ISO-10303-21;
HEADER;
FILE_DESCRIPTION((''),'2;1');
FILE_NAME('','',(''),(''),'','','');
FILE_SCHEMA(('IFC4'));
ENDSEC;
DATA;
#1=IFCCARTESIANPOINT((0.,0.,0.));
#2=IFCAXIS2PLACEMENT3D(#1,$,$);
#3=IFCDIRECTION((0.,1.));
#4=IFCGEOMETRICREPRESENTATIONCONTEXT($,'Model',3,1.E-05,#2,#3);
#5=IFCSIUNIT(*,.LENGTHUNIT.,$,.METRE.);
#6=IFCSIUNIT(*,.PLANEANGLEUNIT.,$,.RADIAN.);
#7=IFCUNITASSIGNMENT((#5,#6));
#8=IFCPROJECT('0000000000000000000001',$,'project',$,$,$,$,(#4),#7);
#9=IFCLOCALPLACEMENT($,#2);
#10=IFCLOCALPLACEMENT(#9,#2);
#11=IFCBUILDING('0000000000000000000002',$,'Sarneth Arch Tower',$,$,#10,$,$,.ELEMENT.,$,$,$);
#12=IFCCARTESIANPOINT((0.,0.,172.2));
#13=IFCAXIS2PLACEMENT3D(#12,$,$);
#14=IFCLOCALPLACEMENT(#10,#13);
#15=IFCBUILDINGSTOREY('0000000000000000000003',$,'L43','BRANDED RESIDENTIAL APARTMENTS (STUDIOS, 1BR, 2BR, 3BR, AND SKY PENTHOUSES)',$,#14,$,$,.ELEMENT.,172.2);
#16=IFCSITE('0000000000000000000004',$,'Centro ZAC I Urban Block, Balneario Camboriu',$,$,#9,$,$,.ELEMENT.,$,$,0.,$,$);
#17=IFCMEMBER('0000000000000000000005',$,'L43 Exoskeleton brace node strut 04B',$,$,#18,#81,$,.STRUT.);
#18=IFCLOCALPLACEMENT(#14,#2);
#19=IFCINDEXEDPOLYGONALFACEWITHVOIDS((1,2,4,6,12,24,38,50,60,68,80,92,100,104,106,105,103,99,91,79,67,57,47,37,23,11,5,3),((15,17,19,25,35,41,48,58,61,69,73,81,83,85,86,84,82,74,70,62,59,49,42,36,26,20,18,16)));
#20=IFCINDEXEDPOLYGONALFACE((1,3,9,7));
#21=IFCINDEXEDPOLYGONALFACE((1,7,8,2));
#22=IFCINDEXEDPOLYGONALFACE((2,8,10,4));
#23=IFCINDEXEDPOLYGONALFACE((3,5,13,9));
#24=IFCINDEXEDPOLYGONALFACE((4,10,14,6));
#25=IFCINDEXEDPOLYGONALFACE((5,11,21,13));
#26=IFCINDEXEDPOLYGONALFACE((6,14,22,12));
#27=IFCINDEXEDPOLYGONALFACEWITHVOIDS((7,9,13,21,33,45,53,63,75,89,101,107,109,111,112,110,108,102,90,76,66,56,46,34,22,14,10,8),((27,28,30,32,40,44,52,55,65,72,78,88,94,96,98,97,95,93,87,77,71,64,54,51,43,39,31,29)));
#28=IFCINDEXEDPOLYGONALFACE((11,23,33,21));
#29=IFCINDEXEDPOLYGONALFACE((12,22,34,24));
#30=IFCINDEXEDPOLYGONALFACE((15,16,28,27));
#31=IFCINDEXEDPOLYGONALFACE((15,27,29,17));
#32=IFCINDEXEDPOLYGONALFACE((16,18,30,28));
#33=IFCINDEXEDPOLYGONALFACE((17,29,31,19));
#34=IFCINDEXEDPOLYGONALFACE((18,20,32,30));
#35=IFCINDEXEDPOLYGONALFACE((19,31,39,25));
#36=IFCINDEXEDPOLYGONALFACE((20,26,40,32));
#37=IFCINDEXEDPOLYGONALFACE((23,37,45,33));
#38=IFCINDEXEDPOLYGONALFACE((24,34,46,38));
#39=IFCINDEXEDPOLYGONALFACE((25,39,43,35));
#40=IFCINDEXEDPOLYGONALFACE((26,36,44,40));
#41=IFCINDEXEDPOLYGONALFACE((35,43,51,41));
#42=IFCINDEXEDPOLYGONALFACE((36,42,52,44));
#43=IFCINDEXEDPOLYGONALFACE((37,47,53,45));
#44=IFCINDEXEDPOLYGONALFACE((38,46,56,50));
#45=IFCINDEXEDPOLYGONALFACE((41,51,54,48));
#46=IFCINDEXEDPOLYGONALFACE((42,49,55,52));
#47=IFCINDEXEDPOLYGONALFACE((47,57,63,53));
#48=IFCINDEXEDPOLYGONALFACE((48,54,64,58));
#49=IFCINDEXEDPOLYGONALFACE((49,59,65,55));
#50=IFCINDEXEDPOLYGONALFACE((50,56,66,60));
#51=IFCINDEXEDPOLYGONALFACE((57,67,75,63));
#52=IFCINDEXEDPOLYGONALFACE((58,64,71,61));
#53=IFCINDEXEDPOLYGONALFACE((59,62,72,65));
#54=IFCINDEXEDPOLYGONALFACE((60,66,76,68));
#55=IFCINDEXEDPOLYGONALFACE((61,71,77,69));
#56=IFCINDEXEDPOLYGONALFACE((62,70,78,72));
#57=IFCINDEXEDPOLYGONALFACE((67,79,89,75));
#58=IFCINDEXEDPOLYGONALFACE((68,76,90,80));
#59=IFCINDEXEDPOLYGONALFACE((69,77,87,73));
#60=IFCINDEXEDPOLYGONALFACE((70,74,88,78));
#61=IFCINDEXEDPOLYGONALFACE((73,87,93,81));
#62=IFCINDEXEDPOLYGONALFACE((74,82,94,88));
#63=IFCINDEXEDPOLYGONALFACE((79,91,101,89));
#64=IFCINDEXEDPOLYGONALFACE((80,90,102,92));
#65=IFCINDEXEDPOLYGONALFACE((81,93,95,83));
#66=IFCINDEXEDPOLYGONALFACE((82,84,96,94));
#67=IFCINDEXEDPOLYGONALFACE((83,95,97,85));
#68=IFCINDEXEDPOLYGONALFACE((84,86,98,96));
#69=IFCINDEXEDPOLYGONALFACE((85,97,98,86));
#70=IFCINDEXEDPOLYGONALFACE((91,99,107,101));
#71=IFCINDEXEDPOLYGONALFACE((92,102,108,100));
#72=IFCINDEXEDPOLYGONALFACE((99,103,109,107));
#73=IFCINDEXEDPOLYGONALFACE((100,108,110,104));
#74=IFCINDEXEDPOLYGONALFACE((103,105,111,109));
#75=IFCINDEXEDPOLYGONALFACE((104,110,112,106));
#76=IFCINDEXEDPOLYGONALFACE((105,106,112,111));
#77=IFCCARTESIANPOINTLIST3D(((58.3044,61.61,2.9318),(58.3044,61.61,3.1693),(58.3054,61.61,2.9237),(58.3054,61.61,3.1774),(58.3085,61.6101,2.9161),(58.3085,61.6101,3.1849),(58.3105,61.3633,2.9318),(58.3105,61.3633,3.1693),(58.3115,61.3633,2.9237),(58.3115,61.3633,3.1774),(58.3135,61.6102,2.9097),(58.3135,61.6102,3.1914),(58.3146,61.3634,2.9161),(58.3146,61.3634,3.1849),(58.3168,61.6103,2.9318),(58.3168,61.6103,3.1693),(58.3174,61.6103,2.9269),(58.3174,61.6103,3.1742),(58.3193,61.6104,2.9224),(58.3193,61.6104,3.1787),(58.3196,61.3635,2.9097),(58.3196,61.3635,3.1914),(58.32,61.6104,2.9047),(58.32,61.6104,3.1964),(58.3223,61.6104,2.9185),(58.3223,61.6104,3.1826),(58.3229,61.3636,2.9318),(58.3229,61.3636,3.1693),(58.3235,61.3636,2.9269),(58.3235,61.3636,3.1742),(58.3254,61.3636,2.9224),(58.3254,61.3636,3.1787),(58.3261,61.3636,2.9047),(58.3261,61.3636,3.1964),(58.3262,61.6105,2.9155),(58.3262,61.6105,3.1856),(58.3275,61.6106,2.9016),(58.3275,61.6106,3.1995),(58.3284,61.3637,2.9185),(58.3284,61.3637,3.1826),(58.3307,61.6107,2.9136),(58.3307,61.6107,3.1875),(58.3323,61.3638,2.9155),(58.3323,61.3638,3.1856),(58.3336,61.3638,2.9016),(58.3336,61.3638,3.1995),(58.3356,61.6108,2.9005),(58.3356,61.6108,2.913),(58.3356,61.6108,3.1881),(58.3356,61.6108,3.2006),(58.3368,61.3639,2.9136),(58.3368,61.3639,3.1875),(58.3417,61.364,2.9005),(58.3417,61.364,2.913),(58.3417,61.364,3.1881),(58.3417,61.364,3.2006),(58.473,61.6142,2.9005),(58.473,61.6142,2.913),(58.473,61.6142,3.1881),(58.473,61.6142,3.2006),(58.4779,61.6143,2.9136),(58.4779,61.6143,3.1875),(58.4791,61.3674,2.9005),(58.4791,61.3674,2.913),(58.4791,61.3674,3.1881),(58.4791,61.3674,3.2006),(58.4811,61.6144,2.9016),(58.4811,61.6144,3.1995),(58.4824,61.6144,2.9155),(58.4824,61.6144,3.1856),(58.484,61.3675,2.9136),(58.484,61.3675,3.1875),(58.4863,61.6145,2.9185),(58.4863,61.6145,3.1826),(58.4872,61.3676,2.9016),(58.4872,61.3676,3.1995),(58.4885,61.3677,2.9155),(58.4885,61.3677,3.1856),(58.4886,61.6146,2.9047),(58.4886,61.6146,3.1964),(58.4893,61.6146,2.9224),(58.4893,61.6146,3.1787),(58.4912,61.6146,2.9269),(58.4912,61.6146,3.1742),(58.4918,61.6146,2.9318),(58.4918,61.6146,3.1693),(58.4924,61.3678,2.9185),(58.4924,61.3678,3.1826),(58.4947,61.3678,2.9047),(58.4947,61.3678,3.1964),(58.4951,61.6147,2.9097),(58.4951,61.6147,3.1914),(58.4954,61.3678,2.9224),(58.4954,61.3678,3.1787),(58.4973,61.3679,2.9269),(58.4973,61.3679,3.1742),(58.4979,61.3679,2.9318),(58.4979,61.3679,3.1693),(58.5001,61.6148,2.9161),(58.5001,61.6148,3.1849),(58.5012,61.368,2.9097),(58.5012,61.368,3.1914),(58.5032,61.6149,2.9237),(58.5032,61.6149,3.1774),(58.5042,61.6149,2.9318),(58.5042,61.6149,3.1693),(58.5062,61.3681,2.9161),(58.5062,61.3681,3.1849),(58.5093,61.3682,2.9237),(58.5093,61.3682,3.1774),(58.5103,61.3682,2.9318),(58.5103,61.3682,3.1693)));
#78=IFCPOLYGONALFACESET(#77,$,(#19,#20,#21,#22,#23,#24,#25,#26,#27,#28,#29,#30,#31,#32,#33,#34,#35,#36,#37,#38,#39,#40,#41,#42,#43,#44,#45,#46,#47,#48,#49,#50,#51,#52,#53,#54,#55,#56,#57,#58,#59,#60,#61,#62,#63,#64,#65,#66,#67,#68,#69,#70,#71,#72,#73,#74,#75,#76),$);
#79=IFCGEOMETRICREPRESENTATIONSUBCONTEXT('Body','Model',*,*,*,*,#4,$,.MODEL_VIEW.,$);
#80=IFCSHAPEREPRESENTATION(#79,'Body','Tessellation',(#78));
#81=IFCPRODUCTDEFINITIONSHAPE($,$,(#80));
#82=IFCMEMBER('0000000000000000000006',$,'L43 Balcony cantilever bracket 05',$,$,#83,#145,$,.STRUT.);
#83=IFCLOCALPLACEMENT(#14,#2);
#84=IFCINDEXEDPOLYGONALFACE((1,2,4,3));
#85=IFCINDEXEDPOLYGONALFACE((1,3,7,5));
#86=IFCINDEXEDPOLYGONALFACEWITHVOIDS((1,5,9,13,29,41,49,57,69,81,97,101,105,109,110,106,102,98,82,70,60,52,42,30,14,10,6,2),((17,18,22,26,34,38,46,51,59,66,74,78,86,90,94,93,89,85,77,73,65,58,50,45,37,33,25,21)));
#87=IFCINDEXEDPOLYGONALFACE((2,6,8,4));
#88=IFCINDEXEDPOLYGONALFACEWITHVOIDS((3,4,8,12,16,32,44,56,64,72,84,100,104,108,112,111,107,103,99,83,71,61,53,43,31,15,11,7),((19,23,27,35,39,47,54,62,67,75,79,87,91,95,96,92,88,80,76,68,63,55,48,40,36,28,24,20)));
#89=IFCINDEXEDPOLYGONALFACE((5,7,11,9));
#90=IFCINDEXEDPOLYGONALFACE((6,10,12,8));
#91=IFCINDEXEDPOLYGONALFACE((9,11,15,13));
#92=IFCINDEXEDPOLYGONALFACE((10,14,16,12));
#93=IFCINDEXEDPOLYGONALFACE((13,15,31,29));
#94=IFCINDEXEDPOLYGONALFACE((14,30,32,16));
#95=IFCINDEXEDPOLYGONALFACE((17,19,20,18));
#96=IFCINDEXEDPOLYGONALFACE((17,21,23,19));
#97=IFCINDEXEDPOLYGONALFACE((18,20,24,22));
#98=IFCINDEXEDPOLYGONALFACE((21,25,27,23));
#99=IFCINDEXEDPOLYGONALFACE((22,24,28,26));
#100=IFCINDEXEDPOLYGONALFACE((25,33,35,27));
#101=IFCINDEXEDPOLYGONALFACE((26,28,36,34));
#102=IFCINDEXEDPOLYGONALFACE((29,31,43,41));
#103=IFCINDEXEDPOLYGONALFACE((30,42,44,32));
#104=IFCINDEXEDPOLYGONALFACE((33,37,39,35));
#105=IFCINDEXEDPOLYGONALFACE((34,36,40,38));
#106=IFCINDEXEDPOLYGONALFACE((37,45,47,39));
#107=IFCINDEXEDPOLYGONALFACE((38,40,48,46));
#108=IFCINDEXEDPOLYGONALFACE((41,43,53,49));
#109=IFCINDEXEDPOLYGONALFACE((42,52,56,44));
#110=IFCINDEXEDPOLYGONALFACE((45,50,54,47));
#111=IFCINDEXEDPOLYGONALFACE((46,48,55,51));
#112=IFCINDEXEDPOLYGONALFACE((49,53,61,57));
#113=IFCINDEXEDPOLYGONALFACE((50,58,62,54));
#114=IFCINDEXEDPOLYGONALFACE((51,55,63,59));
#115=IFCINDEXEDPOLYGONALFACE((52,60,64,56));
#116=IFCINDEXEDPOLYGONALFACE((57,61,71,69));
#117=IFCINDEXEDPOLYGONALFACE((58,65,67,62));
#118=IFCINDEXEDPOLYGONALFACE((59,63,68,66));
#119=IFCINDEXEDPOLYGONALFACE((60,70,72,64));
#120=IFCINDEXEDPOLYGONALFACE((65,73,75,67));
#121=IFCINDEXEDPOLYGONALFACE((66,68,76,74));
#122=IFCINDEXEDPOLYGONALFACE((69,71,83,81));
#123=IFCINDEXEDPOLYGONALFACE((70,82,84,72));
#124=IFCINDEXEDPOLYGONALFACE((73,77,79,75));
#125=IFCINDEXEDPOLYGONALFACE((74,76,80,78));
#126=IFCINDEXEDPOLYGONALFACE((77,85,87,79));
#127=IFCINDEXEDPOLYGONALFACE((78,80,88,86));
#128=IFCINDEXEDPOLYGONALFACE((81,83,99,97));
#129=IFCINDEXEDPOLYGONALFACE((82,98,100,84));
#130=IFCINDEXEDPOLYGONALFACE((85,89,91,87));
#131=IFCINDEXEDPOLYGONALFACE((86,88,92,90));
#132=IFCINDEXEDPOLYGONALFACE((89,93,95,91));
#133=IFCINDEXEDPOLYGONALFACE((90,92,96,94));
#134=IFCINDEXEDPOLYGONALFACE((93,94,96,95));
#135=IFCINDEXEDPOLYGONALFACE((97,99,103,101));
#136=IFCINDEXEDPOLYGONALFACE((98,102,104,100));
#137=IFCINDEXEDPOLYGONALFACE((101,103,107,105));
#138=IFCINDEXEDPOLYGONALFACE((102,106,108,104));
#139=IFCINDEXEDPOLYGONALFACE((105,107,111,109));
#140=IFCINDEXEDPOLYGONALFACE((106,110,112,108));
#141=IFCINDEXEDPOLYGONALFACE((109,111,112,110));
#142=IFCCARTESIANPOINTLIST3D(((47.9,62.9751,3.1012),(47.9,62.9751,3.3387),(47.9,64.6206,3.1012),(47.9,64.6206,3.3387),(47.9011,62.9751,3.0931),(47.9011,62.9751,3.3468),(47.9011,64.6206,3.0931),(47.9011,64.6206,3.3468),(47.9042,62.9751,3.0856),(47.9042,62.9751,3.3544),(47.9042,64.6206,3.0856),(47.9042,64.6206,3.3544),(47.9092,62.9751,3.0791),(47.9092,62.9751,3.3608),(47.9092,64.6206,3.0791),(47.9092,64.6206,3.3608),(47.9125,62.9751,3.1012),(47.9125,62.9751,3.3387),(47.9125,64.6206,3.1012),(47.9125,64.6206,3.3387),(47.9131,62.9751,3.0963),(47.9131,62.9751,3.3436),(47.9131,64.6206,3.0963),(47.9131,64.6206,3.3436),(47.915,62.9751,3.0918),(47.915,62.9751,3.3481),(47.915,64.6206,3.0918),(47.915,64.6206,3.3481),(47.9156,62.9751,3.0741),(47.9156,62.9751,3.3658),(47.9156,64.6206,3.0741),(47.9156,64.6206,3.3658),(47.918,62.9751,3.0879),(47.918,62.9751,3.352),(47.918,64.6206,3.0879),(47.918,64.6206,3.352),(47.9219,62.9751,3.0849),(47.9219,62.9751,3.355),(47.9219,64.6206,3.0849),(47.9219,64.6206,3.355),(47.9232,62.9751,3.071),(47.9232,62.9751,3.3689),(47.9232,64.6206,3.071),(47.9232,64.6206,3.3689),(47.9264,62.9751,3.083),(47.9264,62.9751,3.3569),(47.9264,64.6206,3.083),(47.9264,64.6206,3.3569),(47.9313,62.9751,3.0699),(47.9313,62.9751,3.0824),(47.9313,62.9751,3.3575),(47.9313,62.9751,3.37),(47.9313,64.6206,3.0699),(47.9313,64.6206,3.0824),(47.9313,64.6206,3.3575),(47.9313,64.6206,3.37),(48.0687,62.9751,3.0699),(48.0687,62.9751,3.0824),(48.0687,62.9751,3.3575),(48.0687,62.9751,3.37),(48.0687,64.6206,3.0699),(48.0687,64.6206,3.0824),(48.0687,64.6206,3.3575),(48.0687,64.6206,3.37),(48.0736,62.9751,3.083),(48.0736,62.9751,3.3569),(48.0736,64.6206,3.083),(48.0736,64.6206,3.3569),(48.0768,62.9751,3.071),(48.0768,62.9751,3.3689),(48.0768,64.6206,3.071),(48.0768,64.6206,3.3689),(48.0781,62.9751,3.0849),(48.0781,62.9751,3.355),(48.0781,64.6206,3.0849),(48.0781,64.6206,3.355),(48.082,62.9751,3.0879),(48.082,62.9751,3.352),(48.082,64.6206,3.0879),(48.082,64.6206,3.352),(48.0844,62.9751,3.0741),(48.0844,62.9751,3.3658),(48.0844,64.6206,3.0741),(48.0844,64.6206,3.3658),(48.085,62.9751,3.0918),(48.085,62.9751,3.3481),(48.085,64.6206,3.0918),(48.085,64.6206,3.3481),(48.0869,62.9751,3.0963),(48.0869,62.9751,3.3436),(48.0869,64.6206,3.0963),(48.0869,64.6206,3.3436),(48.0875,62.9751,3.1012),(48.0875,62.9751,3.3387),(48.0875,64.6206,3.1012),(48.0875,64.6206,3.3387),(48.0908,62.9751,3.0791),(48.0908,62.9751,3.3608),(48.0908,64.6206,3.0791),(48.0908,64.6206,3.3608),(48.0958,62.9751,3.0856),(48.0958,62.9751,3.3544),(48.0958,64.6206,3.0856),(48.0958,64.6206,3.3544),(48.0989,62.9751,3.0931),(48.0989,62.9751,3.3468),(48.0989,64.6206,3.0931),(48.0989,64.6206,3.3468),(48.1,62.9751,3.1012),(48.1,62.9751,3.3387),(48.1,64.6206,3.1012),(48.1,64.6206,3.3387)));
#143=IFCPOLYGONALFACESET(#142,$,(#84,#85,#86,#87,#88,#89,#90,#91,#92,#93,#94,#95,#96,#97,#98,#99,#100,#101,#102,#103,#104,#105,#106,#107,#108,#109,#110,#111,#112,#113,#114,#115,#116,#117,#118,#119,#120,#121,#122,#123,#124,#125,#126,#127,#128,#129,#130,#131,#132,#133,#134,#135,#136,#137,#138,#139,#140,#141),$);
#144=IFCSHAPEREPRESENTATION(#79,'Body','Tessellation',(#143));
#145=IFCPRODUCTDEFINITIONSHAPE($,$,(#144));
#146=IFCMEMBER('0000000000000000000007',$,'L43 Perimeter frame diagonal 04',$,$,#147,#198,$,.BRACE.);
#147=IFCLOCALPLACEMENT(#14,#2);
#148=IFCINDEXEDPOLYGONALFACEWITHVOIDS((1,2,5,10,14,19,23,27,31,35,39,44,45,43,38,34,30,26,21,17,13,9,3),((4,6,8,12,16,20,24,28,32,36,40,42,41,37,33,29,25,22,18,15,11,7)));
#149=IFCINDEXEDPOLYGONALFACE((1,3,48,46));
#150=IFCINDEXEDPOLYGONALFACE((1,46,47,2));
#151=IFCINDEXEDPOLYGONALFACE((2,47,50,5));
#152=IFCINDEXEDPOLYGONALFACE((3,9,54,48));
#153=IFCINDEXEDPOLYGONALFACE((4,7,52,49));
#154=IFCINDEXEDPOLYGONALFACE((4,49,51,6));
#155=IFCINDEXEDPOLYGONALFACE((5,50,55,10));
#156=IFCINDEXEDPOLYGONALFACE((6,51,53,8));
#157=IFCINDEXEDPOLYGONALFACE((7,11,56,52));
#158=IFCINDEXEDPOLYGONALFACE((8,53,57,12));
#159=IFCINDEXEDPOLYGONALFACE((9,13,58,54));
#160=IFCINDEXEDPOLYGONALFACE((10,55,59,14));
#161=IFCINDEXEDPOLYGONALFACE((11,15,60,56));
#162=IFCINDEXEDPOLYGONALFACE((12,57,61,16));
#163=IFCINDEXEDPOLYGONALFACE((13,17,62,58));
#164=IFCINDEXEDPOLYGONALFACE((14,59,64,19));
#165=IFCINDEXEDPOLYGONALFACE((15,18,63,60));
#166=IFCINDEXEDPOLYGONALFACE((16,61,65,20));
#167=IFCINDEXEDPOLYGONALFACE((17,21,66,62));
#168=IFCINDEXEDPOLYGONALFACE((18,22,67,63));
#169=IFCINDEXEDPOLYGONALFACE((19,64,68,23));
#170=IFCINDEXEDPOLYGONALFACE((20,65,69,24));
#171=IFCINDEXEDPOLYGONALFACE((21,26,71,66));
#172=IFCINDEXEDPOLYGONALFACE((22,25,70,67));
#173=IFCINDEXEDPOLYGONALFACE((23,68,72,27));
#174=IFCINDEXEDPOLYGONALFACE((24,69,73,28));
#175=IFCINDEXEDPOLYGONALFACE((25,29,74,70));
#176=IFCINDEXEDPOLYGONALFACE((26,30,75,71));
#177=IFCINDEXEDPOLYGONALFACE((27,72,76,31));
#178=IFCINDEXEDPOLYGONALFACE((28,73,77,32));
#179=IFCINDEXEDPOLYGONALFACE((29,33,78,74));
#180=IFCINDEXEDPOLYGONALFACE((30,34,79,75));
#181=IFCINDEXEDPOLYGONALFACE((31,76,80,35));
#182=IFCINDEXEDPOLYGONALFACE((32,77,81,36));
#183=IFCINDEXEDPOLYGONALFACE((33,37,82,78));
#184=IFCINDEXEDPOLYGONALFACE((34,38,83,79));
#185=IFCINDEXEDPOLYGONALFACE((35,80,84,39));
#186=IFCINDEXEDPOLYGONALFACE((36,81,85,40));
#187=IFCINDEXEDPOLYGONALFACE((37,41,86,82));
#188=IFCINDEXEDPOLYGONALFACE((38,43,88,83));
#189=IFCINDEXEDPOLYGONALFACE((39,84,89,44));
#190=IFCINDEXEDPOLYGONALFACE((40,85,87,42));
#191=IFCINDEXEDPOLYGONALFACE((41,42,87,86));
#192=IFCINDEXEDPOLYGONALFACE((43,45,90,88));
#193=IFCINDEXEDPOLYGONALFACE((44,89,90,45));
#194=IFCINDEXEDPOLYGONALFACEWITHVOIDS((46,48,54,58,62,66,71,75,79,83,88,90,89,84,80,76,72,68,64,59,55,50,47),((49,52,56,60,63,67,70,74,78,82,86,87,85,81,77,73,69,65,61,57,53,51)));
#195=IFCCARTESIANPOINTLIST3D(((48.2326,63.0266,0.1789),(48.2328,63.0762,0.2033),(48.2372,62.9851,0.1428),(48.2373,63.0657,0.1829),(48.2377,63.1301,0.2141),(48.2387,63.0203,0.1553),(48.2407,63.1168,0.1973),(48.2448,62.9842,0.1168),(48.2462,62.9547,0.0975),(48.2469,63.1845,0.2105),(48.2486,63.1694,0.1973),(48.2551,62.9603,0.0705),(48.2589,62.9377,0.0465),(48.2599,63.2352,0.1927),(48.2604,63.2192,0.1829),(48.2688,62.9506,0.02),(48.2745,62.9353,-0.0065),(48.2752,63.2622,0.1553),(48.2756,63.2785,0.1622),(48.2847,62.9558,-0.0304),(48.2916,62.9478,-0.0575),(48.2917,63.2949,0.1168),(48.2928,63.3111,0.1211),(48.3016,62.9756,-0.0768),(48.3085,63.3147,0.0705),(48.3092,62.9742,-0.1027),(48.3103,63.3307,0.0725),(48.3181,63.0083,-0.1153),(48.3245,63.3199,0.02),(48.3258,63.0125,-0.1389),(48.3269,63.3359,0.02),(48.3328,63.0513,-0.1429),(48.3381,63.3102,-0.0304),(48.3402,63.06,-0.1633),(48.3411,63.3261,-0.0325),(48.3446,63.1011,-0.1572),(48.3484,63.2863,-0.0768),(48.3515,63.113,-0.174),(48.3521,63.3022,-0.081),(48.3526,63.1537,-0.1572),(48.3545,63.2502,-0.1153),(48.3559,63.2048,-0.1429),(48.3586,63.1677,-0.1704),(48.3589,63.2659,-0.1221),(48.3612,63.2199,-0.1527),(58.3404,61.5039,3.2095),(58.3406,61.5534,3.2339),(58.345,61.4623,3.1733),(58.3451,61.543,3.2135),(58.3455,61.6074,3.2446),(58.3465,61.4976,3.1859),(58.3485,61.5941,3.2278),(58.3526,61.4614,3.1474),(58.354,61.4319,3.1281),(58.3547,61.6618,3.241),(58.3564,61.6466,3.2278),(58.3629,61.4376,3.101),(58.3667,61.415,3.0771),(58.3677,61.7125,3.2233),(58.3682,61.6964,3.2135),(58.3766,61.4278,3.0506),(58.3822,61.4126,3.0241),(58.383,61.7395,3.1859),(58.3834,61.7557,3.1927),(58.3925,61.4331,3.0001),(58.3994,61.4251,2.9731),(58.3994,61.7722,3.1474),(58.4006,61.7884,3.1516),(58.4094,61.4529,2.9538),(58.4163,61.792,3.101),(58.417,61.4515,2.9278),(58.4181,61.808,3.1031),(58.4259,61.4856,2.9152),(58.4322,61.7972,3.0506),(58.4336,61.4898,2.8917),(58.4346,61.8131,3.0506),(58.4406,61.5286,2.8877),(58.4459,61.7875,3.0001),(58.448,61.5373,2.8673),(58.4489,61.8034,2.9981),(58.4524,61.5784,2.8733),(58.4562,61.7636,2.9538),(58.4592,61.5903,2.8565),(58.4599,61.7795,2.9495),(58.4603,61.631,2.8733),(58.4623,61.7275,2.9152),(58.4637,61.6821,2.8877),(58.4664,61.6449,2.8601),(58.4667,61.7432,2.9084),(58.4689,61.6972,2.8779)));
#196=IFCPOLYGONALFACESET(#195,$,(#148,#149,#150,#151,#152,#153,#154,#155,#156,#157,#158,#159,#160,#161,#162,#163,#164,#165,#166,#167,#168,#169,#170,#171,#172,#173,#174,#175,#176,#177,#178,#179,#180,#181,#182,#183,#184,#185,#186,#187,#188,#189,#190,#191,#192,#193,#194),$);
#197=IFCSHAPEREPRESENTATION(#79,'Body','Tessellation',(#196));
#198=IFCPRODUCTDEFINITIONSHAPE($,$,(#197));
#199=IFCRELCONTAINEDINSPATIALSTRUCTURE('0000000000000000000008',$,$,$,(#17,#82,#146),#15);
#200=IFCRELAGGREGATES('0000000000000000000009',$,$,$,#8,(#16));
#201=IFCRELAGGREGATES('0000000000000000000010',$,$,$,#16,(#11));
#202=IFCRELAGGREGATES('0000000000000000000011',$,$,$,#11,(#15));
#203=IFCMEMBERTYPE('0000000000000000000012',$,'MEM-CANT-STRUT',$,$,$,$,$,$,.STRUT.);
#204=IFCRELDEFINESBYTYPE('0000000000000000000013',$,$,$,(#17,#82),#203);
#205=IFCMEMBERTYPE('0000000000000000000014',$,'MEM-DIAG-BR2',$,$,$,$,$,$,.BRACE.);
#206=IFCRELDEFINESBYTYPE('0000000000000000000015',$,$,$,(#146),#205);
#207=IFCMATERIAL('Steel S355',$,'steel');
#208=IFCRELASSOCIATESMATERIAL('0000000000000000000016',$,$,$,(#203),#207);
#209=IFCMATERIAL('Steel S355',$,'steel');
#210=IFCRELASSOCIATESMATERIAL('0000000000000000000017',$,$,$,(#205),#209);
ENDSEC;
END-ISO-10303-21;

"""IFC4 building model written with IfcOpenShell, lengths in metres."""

from ifc_helpers import new_model, si_unit, direction, frame, origin, origin_2d, place, context, subcontext, project, spatial, hollow_rectangle, hollow_circle, extrude, material, material_profile, profile_set, type_object, element, save


model = new_model("IFC4")

# Units and contexts
model_context = context("Model", 3, precision=1e-05, world=origin(), true_north=direction((0.0, 1.0)))
body_context = subcontext(model_context, "Body", "Model", "MODEL_VIEW")
ifc_project = project(units=[si_unit("LENGTHUNIT", "METRE"), si_unit("PLANEANGLEUNIT", "RADIAN")], contexts=[model_context])

# Site, building, storey
site_placement = place(None, origin())
site = spatial("IfcSite", under=ifc_project, at=site_placement, Name="Centro ZAC I Urban Block, Balneario Camboriu", CompositionType="ELEMENT", RefElevation=0.0)
building_placement = place(site_placement, origin())
building = spatial("IfcBuilding", under=site, at=building_placement, Name="Sarneth Arch Tower", CompositionType="ELEMENT")
storey_placement = place(building_placement, frame((0.0, 0.0, 172.2)))
storey = spatial("IfcBuildingStorey", under=building, at=storey_placement, Name="L43", Description="BRANDED RESIDENTIAL APARTMENTS (STUDIOS, 1BR, 2BR, 3BR, AND SKY PENTHOUSES)", CompositionType="ELEMENT", Elevation=172.2)

# Members
ifc_material_1 = material(Name="Steel S355", Category="steel")
ifc_material_profile_1 = material_profile(ifc_material_1, hollow_rectangle(XDim=0.2, YDim=0.3, WallThickness=0.0125, InnerFilletRadius=0.0188, OuterFilletRadius=0.0312, at=origin_2d()), Name="RHS300x200x12.5")
ifc_profile_set_1 = profile_set([ifc_material_profile_1], Name="Steel S355")
member_type_1 = type_object("IfcMemberType", Name="MEM-CANT-STRUT", PredefinedType="STRUT", material=ifc_profile_set_1)
member_1_placement = place(storey_placement, frame((58.4104, 61.3657, 3.0505), z_axis=(-0.02472, 0.999694, 0.0), x_axis=(-0.999694, -0.02472, 0.0)))
element("IfcMember", 1, at=member_1_placement, inside=storey, type_object=member_type_1, Name="L43 Exoskeleton brace node strut 04B", PredefinedType="STRUT", context=body_context, shape_type="SweptSolid", body=[
    extrude(hollow_rectangle(XDim=0.2, YDim=0.3, WallThickness=0.0125, InnerFilletRadius=0.0188, OuterFilletRadius=0.0312, at=origin_2d()), origin(), (0.0, 0.0, 1.0), 0.2468),
])
member_2_placement = place(storey_placement, frame((48.0, 62.9751, 3.22), z_axis=(0.0, 1.0, 0.0), x_axis=(-1.0, 0.0, 0.0)))
element("IfcMember", 2, at=member_2_placement, inside=storey, type_object=member_type_1, Name="L43 Balcony cantilever bracket 05", PredefinedType="STRUT", context=body_context, shape_type="SweptSolid", body=[
    extrude(hollow_rectangle(XDim=0.2, YDim=0.3, WallThickness=0.0125, InnerFilletRadius=0.0188, OuterFilletRadius=0.0312, at=origin_2d()), origin(), (0.0, 0.0, 1.0), 1.6455),
])
ifc_material_2 = material(Name="Steel S355", Category="steel")
ifc_material_profile_2 = material_profile(ifc_material_2, hollow_circle(Radius=0.2029, WallThickness=0.0161, at=origin_2d()), Name="CHS406x16")
ifc_profile_set_2 = profile_set([ifc_material_profile_2], Name="Steel S355")
member_type_2 = type_object("IfcMemberType", Name="MEM-DIAG-BR2", PredefinedType="BRACE", material=ifc_profile_set_2)
member_3_placement = place(storey_placement, frame((48.2966, 63.1353, 0.02), z_axis=(0.948053, -0.142823, 0.284249), x_axis=(0.148968, 0.988842, 0.0)))
element("IfcMember", 3, at=member_3_placement, inside=storey, type_object=member_type_2, Name="L43 Perimeter frame diagonal 04", PredefinedType="BRACE", context=body_context, shape_type="SweptSolid", body=[
    extrude(hollow_circle(Radius=0.2029, WallThickness=0.0161, at=origin_2d()), origin(), (0.0, 0.0, 1.0), 10.6616),
])

save(model, "model.ifc")
